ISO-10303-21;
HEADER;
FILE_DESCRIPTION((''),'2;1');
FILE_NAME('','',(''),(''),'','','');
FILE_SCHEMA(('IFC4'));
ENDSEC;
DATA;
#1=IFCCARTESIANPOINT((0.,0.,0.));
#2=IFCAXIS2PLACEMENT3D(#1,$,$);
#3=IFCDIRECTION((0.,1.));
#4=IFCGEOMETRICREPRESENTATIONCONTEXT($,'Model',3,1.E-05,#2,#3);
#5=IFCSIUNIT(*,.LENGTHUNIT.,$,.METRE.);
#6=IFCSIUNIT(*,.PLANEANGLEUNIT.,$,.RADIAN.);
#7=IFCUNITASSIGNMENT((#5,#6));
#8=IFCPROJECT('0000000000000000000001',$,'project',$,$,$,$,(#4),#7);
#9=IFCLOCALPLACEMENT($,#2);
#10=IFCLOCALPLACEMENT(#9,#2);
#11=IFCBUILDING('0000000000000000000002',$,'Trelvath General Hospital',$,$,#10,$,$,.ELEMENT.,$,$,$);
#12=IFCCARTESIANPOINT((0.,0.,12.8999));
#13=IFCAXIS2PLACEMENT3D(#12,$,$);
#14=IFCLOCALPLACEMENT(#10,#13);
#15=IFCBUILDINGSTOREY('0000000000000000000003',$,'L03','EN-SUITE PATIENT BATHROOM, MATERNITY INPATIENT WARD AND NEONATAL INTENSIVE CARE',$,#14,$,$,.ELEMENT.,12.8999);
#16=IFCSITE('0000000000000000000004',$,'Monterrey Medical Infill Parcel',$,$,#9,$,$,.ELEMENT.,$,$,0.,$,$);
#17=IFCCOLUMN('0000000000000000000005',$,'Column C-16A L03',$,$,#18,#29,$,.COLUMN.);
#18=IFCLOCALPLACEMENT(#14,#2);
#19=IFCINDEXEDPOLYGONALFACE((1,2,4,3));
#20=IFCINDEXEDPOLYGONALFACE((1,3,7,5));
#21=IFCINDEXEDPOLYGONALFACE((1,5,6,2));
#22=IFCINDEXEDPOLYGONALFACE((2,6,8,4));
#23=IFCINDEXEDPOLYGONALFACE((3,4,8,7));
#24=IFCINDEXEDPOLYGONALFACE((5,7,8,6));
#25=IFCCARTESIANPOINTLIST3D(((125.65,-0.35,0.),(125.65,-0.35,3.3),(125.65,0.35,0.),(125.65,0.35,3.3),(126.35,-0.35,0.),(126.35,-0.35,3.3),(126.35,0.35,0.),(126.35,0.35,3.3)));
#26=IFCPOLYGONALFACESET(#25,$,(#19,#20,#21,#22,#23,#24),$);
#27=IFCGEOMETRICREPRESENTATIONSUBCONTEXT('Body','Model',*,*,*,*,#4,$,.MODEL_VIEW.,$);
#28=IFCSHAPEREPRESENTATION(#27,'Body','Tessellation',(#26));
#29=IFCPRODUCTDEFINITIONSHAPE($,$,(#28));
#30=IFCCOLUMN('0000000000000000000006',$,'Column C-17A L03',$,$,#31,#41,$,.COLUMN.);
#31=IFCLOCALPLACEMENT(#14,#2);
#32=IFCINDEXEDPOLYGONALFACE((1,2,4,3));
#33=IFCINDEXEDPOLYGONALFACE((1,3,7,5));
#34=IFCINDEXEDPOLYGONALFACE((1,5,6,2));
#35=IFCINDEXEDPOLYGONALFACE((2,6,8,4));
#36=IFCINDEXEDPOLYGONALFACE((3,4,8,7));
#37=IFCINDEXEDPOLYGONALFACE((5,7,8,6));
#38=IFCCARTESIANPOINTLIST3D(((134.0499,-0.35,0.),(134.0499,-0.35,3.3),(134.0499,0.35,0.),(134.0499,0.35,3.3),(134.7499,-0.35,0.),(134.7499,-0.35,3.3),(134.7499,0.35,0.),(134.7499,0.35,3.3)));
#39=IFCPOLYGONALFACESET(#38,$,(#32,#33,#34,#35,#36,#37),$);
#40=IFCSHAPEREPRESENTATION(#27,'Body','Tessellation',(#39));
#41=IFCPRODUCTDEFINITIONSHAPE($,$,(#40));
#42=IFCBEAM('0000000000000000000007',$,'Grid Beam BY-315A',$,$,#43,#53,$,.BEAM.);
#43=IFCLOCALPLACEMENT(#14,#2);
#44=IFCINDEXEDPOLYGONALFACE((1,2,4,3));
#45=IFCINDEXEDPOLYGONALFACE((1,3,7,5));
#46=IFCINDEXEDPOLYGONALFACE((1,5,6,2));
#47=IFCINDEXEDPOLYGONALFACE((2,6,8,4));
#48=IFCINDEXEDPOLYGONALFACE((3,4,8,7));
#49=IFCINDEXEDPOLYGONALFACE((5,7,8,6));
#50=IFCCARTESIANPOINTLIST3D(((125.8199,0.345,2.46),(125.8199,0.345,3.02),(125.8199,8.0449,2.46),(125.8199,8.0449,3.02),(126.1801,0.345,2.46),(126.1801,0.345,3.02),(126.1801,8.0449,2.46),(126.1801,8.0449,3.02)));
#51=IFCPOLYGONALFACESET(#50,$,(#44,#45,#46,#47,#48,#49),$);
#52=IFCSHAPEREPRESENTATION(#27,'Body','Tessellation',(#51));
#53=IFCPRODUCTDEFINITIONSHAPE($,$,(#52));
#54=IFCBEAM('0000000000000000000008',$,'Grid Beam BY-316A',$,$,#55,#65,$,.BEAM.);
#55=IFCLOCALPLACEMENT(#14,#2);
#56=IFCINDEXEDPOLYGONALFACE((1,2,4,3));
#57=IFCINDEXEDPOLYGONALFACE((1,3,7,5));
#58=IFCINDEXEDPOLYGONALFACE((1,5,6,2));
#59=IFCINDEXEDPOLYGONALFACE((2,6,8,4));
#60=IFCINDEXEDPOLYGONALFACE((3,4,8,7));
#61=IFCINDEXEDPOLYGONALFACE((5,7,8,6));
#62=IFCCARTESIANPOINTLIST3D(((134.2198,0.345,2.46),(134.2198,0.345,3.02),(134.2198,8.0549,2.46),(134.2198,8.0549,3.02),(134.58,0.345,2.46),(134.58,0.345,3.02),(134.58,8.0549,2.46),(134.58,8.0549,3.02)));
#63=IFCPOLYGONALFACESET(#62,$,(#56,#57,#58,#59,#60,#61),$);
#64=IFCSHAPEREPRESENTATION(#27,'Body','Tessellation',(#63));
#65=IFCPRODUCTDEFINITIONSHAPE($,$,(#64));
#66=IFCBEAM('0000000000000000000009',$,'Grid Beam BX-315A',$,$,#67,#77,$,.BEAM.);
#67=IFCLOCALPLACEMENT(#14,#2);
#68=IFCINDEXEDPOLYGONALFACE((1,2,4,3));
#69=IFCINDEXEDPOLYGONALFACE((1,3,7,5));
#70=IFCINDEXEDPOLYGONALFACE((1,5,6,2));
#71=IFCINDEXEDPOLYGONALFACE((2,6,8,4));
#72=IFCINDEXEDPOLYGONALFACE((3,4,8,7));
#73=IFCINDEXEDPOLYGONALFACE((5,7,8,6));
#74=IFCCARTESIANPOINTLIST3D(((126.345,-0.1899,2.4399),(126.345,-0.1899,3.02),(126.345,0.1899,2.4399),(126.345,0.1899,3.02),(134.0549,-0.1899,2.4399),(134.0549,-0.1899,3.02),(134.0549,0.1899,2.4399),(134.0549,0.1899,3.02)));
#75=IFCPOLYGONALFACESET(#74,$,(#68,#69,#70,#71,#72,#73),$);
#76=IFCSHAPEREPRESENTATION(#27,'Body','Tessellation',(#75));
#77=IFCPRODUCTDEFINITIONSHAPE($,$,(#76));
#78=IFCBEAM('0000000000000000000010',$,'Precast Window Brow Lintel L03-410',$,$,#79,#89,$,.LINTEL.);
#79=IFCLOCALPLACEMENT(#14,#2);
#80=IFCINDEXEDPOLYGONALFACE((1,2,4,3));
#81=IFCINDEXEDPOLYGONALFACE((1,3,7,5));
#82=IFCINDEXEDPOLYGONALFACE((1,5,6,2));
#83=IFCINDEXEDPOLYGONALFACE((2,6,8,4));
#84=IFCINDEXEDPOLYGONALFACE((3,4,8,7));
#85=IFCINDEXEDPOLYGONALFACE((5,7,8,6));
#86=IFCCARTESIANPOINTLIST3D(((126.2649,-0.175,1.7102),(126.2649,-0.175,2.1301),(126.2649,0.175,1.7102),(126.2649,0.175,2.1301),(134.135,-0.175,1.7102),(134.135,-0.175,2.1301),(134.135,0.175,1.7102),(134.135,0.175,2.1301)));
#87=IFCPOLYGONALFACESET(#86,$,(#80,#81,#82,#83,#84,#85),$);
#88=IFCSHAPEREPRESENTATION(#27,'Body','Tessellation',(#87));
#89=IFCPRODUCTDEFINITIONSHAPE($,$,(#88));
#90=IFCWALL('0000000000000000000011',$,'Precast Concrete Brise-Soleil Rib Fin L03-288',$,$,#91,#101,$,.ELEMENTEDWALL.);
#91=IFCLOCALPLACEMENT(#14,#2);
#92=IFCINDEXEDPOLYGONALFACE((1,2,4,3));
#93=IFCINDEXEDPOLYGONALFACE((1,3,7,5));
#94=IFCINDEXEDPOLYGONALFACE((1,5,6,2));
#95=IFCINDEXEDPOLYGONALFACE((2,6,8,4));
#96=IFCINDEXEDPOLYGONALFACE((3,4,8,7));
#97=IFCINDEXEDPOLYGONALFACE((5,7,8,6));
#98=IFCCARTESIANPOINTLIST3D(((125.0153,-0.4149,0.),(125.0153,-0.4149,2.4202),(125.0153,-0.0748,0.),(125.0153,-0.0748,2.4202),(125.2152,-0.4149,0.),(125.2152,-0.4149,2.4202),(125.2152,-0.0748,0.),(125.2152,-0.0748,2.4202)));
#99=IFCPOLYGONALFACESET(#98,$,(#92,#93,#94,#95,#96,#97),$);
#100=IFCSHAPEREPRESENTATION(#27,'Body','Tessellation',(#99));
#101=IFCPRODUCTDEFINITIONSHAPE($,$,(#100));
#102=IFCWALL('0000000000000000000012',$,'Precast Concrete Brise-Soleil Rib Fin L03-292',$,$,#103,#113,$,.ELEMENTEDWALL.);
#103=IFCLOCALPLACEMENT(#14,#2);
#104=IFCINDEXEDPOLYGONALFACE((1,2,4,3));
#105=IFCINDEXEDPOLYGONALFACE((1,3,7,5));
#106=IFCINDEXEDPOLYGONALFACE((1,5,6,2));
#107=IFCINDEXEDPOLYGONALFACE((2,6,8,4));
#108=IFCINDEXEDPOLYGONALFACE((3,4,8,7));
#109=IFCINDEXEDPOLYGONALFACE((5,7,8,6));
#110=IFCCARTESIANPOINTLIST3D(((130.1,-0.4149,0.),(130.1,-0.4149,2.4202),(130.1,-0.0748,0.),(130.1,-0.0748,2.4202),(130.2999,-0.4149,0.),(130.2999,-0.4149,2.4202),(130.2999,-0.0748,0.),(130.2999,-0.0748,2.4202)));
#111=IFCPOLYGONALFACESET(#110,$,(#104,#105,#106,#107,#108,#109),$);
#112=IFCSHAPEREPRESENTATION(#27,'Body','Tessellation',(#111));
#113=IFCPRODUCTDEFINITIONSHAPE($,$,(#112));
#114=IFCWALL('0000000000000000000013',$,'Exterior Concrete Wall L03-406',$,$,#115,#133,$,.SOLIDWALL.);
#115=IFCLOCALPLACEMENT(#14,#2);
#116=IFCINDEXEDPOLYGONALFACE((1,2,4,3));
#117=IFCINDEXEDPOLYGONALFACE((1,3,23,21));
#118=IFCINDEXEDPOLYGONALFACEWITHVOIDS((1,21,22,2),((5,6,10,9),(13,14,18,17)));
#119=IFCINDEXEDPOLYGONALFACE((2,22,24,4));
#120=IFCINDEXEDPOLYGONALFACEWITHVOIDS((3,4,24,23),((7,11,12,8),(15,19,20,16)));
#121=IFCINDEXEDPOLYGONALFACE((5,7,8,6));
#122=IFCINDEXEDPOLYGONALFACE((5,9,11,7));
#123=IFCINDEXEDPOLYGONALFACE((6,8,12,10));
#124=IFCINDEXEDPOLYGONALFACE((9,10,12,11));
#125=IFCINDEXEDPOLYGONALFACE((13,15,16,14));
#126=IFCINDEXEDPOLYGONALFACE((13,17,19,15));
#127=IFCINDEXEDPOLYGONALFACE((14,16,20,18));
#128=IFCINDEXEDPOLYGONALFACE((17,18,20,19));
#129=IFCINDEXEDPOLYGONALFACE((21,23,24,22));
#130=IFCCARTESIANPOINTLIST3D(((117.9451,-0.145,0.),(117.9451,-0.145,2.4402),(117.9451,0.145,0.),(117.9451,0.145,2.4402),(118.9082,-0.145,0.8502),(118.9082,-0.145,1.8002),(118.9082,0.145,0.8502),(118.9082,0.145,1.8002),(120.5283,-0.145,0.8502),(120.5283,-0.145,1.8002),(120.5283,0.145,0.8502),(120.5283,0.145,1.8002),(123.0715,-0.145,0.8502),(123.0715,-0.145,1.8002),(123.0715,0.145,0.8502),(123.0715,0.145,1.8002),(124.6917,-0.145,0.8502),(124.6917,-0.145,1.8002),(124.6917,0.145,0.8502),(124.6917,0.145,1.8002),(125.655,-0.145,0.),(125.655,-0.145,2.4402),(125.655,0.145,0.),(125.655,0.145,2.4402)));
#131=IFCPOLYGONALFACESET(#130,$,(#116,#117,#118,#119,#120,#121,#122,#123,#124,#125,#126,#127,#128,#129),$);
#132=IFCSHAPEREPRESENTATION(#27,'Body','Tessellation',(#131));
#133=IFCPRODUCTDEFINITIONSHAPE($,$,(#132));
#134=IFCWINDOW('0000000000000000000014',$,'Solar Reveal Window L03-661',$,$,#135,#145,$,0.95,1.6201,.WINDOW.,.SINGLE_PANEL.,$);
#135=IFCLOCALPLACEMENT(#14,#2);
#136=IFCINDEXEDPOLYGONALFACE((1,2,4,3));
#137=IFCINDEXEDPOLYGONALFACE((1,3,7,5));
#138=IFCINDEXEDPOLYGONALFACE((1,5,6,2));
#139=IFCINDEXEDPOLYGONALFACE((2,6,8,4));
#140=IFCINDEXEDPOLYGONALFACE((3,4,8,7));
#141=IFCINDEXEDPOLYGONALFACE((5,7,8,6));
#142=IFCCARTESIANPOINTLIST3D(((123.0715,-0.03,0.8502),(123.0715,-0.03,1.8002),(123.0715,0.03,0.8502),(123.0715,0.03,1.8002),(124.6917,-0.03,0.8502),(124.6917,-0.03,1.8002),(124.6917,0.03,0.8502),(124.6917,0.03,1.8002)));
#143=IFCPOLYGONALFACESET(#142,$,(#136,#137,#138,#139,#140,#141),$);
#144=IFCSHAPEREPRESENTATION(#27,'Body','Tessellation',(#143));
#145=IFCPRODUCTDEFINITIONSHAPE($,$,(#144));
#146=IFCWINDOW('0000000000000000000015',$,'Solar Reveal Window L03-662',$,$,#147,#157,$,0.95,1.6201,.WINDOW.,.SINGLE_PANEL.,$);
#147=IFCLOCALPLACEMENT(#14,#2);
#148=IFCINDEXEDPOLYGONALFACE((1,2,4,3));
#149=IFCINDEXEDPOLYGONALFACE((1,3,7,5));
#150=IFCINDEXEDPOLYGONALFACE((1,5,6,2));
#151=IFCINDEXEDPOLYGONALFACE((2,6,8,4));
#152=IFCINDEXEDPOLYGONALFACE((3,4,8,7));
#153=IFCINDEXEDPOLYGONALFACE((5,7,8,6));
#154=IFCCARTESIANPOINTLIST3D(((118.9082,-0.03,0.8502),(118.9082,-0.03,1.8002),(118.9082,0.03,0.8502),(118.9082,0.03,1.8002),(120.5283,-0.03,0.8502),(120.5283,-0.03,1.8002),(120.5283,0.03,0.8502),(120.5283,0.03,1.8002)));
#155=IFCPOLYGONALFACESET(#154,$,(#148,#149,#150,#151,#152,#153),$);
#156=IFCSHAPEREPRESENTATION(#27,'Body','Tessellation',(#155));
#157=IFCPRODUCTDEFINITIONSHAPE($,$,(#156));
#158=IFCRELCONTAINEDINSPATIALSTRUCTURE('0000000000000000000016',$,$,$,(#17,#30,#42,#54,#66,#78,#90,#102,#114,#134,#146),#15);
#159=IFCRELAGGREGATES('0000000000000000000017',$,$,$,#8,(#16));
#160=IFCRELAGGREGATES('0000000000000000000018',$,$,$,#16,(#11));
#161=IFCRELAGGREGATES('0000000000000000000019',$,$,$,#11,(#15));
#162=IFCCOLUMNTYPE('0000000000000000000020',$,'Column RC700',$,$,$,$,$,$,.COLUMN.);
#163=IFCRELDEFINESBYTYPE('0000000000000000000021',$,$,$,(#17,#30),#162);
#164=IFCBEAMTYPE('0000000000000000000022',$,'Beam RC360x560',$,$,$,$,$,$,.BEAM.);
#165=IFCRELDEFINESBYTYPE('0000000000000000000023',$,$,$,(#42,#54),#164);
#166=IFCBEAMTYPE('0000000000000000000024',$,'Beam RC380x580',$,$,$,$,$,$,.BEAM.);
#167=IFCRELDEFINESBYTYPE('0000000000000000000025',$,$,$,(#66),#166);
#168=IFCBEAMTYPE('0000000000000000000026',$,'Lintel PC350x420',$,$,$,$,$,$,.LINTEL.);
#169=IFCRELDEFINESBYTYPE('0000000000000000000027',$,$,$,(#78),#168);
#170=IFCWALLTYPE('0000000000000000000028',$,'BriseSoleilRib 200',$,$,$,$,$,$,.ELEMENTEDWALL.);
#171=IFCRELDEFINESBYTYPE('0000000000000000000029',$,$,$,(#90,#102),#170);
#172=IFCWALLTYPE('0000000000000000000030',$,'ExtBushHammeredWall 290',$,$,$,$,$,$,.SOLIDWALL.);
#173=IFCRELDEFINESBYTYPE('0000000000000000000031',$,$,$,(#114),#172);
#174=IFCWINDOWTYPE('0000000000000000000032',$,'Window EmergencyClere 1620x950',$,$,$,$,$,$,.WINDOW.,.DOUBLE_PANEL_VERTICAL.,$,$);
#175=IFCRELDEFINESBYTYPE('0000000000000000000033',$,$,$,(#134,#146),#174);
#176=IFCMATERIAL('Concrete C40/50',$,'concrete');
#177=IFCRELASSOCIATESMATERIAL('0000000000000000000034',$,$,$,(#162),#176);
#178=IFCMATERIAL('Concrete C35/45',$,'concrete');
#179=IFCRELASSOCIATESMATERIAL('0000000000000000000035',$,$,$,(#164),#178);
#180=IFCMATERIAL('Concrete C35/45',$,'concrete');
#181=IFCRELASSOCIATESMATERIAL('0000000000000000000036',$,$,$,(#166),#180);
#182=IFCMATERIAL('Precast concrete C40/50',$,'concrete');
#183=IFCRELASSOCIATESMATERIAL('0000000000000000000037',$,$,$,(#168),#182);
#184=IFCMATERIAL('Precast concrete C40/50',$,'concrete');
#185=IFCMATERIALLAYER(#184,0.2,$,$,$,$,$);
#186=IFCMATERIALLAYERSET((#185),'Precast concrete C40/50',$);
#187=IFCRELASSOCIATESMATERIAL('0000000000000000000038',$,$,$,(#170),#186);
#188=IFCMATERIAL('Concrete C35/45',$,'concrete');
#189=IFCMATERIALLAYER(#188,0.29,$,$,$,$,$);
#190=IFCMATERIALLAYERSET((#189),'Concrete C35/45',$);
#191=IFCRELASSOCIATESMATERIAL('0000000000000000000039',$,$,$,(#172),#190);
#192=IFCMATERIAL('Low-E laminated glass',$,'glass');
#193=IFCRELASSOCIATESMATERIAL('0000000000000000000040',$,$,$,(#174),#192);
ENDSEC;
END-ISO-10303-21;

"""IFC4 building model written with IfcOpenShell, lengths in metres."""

from ifc_helpers import new_model, si_unit, direction, frame, frame_2d, origin, origin_2d, place, context, subcontext, project, spatial, rectangle, extrude, material, layer, layer_set, material_profile, profile_set, type_object, element, fill, save


model = new_model("IFC4")

# Units and contexts
model_context = context("Model", 3, precision=1e-05, world=origin(), true_north=direction((0.0, 1.0)))
body_context = subcontext(model_context, "Body", "Model", "MODEL_VIEW")
ifc_project = project(units=[si_unit("LENGTHUNIT", "METRE"), si_unit("PLANEANGLEUNIT", "RADIAN")], contexts=[model_context])

# Site, building, storey
site_placement = place(None, origin())
site = spatial("IfcSite", under=ifc_project, at=site_placement, Name="Monterrey Medical Infill Parcel", CompositionType="ELEMENT", RefElevation=0.0)
building_placement = place(site_placement, origin())
building = spatial("IfcBuilding", under=site, at=building_placement, Name="Trelvath General Hospital", CompositionType="ELEMENT")
storey_placement = place(building_placement, frame((0.0, 0.0, 12.8999)))
storey = spatial("IfcBuildingStorey", under=building, at=storey_placement, Name="L03", Description="EN-SUITE PATIENT BATHROOM, MATERNITY INPATIENT WARD AND NEONATAL INTENSIVE CARE", CompositionType="ELEMENT", Elevation=12.8999)

# Columns
ifc_material_1 = material(Name="Concrete C40/50", Category="concrete")
ifc_material_profile_1 = material_profile(ifc_material_1, rectangle(XDim=0.7, YDim=0.7, at=origin_2d()), Name="RC700x700")
ifc_profile_set_1 = profile_set([ifc_material_profile_1], Name="Concrete C40/50")
column_type = type_object("IfcColumnType", Name="Column RC700", PredefinedType="COLUMN", material=ifc_profile_set_1)
for number, where, z_axis, x_axis, name in (
    (1, (126.0, 0.0, 0.0), (0.0, 0.0, 1.0), (1.0, 0.0, 0.0), "Column C-16A L03"),
    (2, (134.3999, 0.0, 0.0), (0.0, 0.0, 1.0), (1.0, 0.0, 0.0), "Column C-17A L03"),
):
    element("IfcColumn", number, at=place(storey_placement, frame(where, z_axis=z_axis, x_axis=x_axis)), inside=storey, type_object=column_type, Name=name, PredefinedType="COLUMN", context=body_context, shape_type="SweptSolid", body=[
        extrude(rectangle(XDim=0.7, YDim=0.7, at=origin_2d()), origin(), (0.0, 0.0, 1.0), 3.3),
    ])

# Beams
ifc_material_2 = material(Name="Concrete C35/45", Category="concrete")
ifc_material_profile_2 = material_profile(ifc_material_2, rectangle(XDim=0.3601, YDim=0.5601, at=origin_2d()), Name="RCB360x560")
ifc_profile_set_2 = profile_set([ifc_material_profile_2], Name="Concrete C35/45")
beam_type_1 = type_object("IfcBeamType", Name="Beam RC360x560", PredefinedType="BEAM", material=ifc_profile_set_2)
beam_1_placement = place(storey_placement, frame((126.0, 0.345, 2.74), z_axis=(0.0, 1.0, 0.0), x_axis=(-1.0, 0.0, 0.0)))
element("IfcBeam", 3, at=beam_1_placement, inside=storey, type_object=beam_type_1, Name="Grid Beam BY-315A", PredefinedType="BEAM", context=body_context, shape_type="SweptSolid", body=[
    extrude(rectangle(XDim=0.3601, YDim=0.5601, at=origin_2d()), origin(), (0.0, 0.0, 1.0), 7.7),
])
beam_2_placement = place(storey_placement, frame((134.3999, 0.345, 2.74), z_axis=(0.0, 1.0, 0.0), x_axis=(-1.0, 0.0, 0.0)))
element("IfcBeam", 4, at=beam_2_placement, inside=storey, type_object=beam_type_1, Name="Grid Beam BY-316A", PredefinedType="BEAM", context=body_context, shape_type="SweptSolid", body=[
    extrude(rectangle(XDim=0.3601, YDim=0.5601, at=origin_2d()), origin(), (0.0, 0.0, 1.0), 7.71),
])
ifc_material_3 = material(Name="Concrete C35/45", Category="concrete")
ifc_material_profile_3 = material_profile(ifc_material_3, rectangle(XDim=0.3799, YDim=0.5801, at=origin_2d()), Name="RCB380x580")
ifc_profile_set_3 = profile_set([ifc_material_profile_3], Name="Concrete C35/45")
beam_type_2 = type_object("IfcBeamType", Name="Beam RC380x580", PredefinedType="BEAM", material=ifc_profile_set_3)
beam_3_placement = place(storey_placement, frame((126.345, 0.0, 2.73), z_axis=(1.0, 0.0, 0.0), x_axis=(0.0, 1.0, 0.0)))
element("IfcBeam", 5, at=beam_3_placement, inside=storey, type_object=beam_type_2, Name="Grid Beam BX-315A", PredefinedType="BEAM", context=body_context, shape_type="SweptSolid", body=[
    extrude(rectangle(XDim=0.3799, YDim=0.5801, at=origin_2d()), origin(), (0.0, 0.0, 1.0), 7.71),
])
ifc_material_4 = material(Name="Precast concrete C40/50", Category="concrete")
ifc_material_profile_4 = material_profile(ifc_material_4, rectangle(XDim=0.3501, YDim=0.4199, at=origin_2d()), Name="PCL350x420")
ifc_profile_set_4 = profile_set([ifc_material_profile_4], Name="Precast concrete C40/50")
beam_type_3 = type_object("IfcBeamType", Name="Lintel PC350x420", PredefinedType="LINTEL", material=ifc_profile_set_4)
beam_4_placement = place(storey_placement, frame((134.135, 0.0, 1.9202), z_axis=(-1.0, 0.0, 0.0), x_axis=(0.0, -1.0, 0.0)))
element("IfcBeam", 6, at=beam_4_placement, inside=storey, type_object=beam_type_3, Name="Precast Window Brow Lintel L03-410", PredefinedType="LINTEL", context=body_context, shape_type="SweptSolid", body=[
    extrude(rectangle(XDim=0.3501, YDim=0.4199, at=origin_2d()), origin(), (0.0, 0.0, 1.0), 7.8701),
])

# Walls
ifc_material_5 = material(Name="Precast concrete C40/50", Category="concrete")
ifc_layer_1 = layer(ifc_material_5, 0.2)
ifc_layer_set_1 = layer_set([ifc_layer_1], Name="Precast concrete C40/50")
wall_type_1 = type_object("IfcWallType", Name="BriseSoleilRib 200", PredefinedType="ELEMENTEDWALL", material=ifc_layer_set_1)
for number, where, z_axis, x_axis, name in (
    (7, (125.1152, -0.075, 0.0), (0.0, 0.0, 1.0), (0.0, -1.0, 0.0), "Precast Concrete Brise-Soleil Rib Fin L03-288"),
    (8, (130.2, -0.075, 0.0), (0.0, 0.0, 1.0), (0.0, -1.0, 0.0), "Precast Concrete Brise-Soleil Rib Fin L03-292"),
):
    element("IfcWall", number, at=place(storey_placement, frame(where, z_axis=z_axis, x_axis=x_axis)), inside=storey, type_object=wall_type_1, Name=name, PredefinedType="ELEMENTEDWALL", context=body_context, shape_type="SweptSolid", body=[
        extrude(rectangle(XDim=0.3401, YDim=0.2, at=frame_2d((0.1699, 0.0))), origin(), (0.0, 0.0, 1.0), 2.4202),
    ])

# Wall, openings, windows
ifc_material_6 = material(Name="Concrete C35/45", Category="concrete")
ifc_layer_2 = layer(ifc_material_6, 0.29)
ifc_layer_set_2 = layer_set([ifc_layer_2], Name="Concrete C35/45")
wall_type_2 = type_object("IfcWallType", Name="ExtBushHammeredWall 290", PredefinedType="SOLIDWALL", material=ifc_layer_set_2)
wall_1_placement = place(storey_placement, frame((125.655, 0.0, 0.0), z_axis=(0.0, 0.0, 1.0), x_axis=(-1.0, 0.0, 0.0)))
wall_1 = element("IfcWall", 9, at=wall_1_placement, inside=storey, type_object=wall_type_2, Name="Exterior Concrete Wall L03-406", PredefinedType="SOLIDWALL", context=body_context, shape_type="SweptSolid", body=[
    extrude(rectangle(XDim=7.71, YDim=0.29, at=frame_2d((3.855, 0.0))), origin(), (0.0, 0.0, 1.0), 2.4402),
])
opening_1_placement = place(wall_1_placement, frame((0.9634, 0.0, 0.8501)))
opening_1 = element("IfcOpeningElement", 10, at=opening_1_placement, cuts=wall_1, PredefinedType="OPENING", context=body_context, shape_type="SweptSolid", body=[
    extrude(rectangle(XDim=1.6201, YDim=0.95, at=frame_2d((0.8101, 0.4751))), frame((0.0, 0.155, 0.0), z_axis=(0.0, -1.0, 0.0), x_axis=(1.0, 0.0, 0.0)), (0.0, 0.0, 1.0), 0.3101),
])
opening_2_placement = place(wall_1_placement, frame((5.1267, 0.0, 0.8501)))
opening_2 = element("IfcOpeningElement", 11, at=opening_2_placement, cuts=wall_1, PredefinedType="OPENING", context=body_context, shape_type="SweptSolid", body=[
    extrude(rectangle(XDim=1.6201, YDim=0.95, at=frame_2d((0.8101, 0.4751))), frame((0.0, 0.155, 0.0), z_axis=(0.0, -1.0, 0.0), x_axis=(1.0, 0.0, 0.0)), (0.0, 0.0, 1.0), 0.3101),
])
ifc_material_7 = material(Name="Low-E laminated glass", Category="glass")
window_type_1 = type_object("IfcWindowType", Name="Window EmergencyClere 1620x950", PartitioningType="DOUBLE_PANEL_VERTICAL", PredefinedType="WINDOW", material=ifc_material_7)
window_1_placement = place(opening_1_placement, origin())
window_1 = element("IfcWindow", 12, at=window_1_placement, inside=storey, type_object=window_type_1, Name="Solar Reveal Window L03-661", OverallHeight=0.95, OverallWidth=1.6201, PartitioningType="SINGLE_PANEL", PredefinedType="WINDOW", context=body_context, shape_type="SweptSolid", body=[
    extrude(rectangle(XDim=1.6201, YDim=0.95, at=frame_2d((0.8101, 0.4751))), frame((0.0, 0.03, 0.0), z_axis=(0.0, -1.0, 0.0), x_axis=(1.0, 0.0, 0.0)), (0.0, 0.0, 1.0), 0.0601),
])
fill(opening_1, window_1)
window_2_placement = place(opening_2_placement, origin())
window_2 = element("IfcWindow", 13, at=window_2_placement, inside=storey, type_object=window_type_1, Name="Solar Reveal Window L03-662", OverallHeight=0.95, OverallWidth=1.6201, PartitioningType="SINGLE_PANEL", PredefinedType="WINDOW", context=body_context, shape_type="SweptSolid", body=[
    extrude(rectangle(XDim=1.6201, YDim=0.95, at=frame_2d((0.8101, 0.4751))), frame((0.0, 0.03, 0.0), z_axis=(0.0, -1.0, 0.0), x_axis=(1.0, 0.0, 0.0)), (0.0, 0.0, 1.0), 0.0601),
])
fill(opening_2, window_2)

save(model, "model.ifc")
